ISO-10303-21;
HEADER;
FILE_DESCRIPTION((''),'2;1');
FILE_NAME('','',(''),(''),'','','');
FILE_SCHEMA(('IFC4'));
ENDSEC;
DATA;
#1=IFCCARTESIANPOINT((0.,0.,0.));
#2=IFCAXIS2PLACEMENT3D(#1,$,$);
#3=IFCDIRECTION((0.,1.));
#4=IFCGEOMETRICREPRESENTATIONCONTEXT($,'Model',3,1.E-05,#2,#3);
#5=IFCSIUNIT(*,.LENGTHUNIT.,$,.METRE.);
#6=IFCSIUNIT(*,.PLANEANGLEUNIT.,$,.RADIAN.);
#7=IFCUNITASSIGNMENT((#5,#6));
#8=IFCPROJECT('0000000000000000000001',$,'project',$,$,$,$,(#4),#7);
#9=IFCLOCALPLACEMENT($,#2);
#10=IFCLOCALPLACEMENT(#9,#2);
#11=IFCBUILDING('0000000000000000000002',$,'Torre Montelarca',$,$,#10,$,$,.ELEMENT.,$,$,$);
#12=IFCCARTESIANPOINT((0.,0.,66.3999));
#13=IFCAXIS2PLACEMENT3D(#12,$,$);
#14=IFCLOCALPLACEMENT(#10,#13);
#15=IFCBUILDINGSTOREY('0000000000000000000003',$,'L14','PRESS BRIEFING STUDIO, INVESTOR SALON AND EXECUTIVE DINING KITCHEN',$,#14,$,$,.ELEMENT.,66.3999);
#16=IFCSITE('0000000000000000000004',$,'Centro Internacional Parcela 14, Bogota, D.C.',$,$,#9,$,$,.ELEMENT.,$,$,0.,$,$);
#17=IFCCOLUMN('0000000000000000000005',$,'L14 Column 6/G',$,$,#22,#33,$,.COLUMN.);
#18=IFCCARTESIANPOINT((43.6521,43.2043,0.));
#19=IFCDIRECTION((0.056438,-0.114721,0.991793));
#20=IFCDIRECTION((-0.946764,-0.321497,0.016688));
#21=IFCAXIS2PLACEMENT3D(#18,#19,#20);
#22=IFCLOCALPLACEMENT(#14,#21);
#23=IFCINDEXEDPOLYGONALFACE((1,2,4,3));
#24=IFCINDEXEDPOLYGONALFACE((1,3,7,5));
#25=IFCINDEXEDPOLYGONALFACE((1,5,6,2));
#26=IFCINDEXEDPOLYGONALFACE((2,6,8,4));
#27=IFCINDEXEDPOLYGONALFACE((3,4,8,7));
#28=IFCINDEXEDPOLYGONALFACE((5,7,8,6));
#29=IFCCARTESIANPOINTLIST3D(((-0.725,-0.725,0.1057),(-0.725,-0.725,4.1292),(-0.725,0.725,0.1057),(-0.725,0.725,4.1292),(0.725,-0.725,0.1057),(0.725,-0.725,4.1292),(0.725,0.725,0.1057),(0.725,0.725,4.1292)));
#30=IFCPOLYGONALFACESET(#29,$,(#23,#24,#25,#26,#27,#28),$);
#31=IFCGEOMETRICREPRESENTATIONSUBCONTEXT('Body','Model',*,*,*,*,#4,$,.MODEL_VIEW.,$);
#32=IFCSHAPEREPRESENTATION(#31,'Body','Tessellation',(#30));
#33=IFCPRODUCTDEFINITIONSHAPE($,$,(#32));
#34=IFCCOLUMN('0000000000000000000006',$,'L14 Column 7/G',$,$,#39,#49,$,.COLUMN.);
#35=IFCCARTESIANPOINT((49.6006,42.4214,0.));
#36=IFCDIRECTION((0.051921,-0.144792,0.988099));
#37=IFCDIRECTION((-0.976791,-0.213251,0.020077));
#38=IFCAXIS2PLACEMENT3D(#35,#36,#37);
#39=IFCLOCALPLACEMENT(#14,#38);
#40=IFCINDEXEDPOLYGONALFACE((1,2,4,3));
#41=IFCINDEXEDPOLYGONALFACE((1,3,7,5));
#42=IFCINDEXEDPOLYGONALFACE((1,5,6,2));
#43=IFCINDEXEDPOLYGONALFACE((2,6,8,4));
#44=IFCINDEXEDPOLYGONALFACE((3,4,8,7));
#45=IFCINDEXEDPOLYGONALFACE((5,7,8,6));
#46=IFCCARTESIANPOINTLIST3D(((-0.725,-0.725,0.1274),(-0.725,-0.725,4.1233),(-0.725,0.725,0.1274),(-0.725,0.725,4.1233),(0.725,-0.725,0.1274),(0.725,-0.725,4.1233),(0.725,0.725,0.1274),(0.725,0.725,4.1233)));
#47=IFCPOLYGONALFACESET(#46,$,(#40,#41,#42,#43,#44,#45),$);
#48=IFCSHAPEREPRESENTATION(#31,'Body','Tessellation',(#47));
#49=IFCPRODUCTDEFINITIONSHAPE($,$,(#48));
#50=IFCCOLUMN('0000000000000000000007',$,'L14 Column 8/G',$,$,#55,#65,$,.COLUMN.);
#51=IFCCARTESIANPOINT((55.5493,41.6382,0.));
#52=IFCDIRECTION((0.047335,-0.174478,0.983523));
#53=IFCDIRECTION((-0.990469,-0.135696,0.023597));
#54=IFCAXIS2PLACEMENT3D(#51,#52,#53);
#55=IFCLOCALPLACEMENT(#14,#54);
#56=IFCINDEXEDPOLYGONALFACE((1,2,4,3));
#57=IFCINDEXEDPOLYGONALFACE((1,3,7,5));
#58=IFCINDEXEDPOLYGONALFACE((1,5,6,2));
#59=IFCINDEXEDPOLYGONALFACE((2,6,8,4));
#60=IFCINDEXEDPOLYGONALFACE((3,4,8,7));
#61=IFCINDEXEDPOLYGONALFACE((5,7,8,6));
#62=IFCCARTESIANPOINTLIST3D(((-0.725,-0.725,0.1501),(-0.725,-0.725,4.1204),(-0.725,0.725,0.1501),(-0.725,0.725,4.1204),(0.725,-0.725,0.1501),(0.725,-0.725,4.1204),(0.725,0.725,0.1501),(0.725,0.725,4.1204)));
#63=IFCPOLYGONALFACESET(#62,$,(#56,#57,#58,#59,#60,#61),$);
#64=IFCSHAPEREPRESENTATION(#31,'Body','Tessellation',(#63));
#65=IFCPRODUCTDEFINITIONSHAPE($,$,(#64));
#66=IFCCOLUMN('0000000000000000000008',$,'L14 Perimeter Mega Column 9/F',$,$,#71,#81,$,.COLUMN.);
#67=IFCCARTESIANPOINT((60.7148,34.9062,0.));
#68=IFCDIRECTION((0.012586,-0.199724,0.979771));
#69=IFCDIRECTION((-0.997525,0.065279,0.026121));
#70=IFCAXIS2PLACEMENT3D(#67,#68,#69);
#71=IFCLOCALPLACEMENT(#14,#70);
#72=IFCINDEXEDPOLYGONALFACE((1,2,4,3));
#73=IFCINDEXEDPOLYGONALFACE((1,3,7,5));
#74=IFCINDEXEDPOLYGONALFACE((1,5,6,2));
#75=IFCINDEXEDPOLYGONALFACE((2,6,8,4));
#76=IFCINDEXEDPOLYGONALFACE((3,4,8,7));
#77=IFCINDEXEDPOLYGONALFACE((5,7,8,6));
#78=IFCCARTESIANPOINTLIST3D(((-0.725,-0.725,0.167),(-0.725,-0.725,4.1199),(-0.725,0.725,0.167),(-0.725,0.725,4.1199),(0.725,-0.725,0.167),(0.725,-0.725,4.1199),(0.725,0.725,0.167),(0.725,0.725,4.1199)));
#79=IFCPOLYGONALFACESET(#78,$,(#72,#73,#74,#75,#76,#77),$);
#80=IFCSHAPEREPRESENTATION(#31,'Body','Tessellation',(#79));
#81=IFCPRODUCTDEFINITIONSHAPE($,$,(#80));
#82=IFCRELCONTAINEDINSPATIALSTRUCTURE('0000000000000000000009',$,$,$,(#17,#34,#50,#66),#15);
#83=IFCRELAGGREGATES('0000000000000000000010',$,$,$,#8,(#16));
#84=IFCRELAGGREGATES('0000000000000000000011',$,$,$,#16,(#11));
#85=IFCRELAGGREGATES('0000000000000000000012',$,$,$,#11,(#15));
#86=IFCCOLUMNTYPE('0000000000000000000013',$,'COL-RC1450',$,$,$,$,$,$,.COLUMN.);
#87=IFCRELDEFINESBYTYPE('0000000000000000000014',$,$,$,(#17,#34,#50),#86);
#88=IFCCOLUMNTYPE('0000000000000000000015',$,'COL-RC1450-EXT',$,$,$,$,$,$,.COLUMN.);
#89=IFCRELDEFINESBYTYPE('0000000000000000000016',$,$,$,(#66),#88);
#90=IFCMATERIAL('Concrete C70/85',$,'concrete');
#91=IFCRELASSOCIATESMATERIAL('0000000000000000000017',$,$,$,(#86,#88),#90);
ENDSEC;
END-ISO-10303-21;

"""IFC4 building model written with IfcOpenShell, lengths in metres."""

from ifc_helpers import new_model, si_unit, direction, frame, origin, origin_2d, place, context, subcontext, project, spatial, rectangle, extrude, clip, halfspace, material, material_profile, profile_set, type_object, element, save


model = new_model("IFC4")

# Units and contexts
model_context = context("Model", 3, precision=1e-05, world=origin(), true_north=direction((0.0, 1.0)))
body_context = subcontext(model_context, "Body", "Model", "MODEL_VIEW")
ifc_project = project(units=[si_unit("LENGTHUNIT", "METRE"), si_unit("PLANEANGLEUNIT", "RADIAN")], contexts=[model_context])

# Site, building, storey
site_placement = place(None, origin())
site = spatial("IfcSite", under=ifc_project, at=site_placement, Name="Centro Internacional Parcela 14, Bogota, D.C.", CompositionType="ELEMENT", RefElevation=0.0)
building_placement = place(site_placement, origin())
building = spatial("IfcBuilding", under=site, at=building_placement, Name="Torre Montelarca", CompositionType="ELEMENT")
storey_placement = place(building_placement, frame((0.0, 0.0, 66.3999)))
storey = spatial("IfcBuildingStorey", under=building, at=storey_placement, Name="L14", Description="PRESS BRIEFING STUDIO, INVESTOR SALON AND EXECUTIVE DINING KITCHEN", CompositionType="ELEMENT", Elevation=66.3999)

# Columns
ifc_material_1 = material(Name="Concrete C70/85", Category="concrete")
ifc_material_profile_1 = material_profile(ifc_material_1, rectangle(XDim=1.45, YDim=1.45, at=origin_2d()), Name="RC1450X1450", Category="concrete")
ifc_profile_set_1 = profile_set([ifc_material_profile_1], Name="Concrete C70/85")
column_type_1 = type_object("IfcColumnType", Name="COL-RC1450", PredefinedType="COLUMN", material=ifc_profile_set_1)
column_1_placement = place(storey_placement, frame((43.6521, 43.2043, 0.0), z_axis=(0.056438, -0.114721, 0.991793), x_axis=(-0.946764, -0.321497, 0.016688)))
element("IfcColumn", 1, at=column_1_placement, inside=storey, type_object=column_type_1, Name="L14 Column 6/G", PredefinedType="COLUMN", context=body_context, shape_type="Clipping", body=[
    clip(clip(extrude(rectangle(XDim=1.45, YDim=1.45, at=origin_2d()), origin(), (0.0, 0.0, 1.0), 4.2349), halfspace(frame((0.0, 0.0, 0.1057), z_axis=(0.0, 0.0, -1.0), x_axis=(1.0, 0.0, 0.0)), False)), halfspace(frame((0.0, 0.0, 4.1292), z_axis=(0.0, 0.0, 1.0), x_axis=(1.0, 0.0, 0.0)), False)),
])
column_2_placement = place(storey_placement, frame((49.6006, 42.4214, 0.0), z_axis=(0.051921, -0.144792, 0.988099), x_axis=(-0.976791, -0.213251, 0.020077)))
element("IfcColumn", 2, at=column_2_placement, inside=storey, type_object=column_type_1, Name="L14 Column 7/G", PredefinedType="COLUMN", context=body_context, shape_type="Clipping", body=[
    clip(clip(extrude(rectangle(XDim=1.45, YDim=1.45, at=origin_2d()), origin(), (0.0, 0.0, 1.0), 4.2507), halfspace(frame((0.0, 0.0, 0.1274), z_axis=(0.0, 0.0, -1.0), x_axis=(1.0, 0.0, 0.0)), False)), halfspace(frame((0.0, 0.0, 4.1233), z_axis=(0.0, 0.0, 1.0), x_axis=(1.0, 0.0, 0.0)), False)),
])
column_3_placement = place(storey_placement, frame((55.5493, 41.6382, 0.0), z_axis=(0.047335, -0.174478, 0.983523), x_axis=(-0.990469, -0.135696, 0.023597)))
element("IfcColumn", 3, at=column_3_placement, inside=storey, type_object=column_type_1, Name="L14 Column 8/G", PredefinedType="COLUMN", context=body_context, shape_type="Clipping", body=[
    clip(clip(extrude(rectangle(XDim=1.45, YDim=1.45, at=origin_2d()), origin(), (0.0, 0.0, 1.0), 4.2705), halfspace(frame((0.0, 0.0, 0.1501), z_axis=(0.0, 0.0, -1.0), x_axis=(1.0, 0.0, 0.0)), False)), halfspace(frame((0.0, 0.0, 4.1204), z_axis=(0.0, 0.0, 1.0), x_axis=(1.0, 0.0, 0.0)), False)),
])
ifc_material_profile_2 = material_profile(ifc_material_1, rectangle(XDim=1.45, YDim=1.45, at=origin_2d()), Name="RC1450X1450", Category="concrete")
ifc_profile_set_2 = profile_set([ifc_material_profile_2], Name="Concrete C70/85")
column_type_2 = type_object("IfcColumnType", Name="COL-RC1450-EXT", PredefinedType="COLUMN", material=ifc_profile_set_2)
column_4_placement = place(storey_placement, frame((60.7148, 34.9062, 0.0), z_axis=(0.012586, -0.199724, 0.979771), x_axis=(-0.997525, 0.065279, 0.026121)))
element("IfcColumn", 4, at=column_4_placement, inside=storey, type_object=column_type_2, Name="L14 Perimeter Mega Column 9/F", PredefinedType="COLUMN", context=body_context, shape_type="Clipping", body=[
    clip(clip(extrude(rectangle(XDim=1.45, YDim=1.45, at=origin_2d()), origin(), (0.0, 0.0, 1.0), 4.2869), halfspace(frame((0.0, 0.0, 0.167), z_axis=(0.0, 0.0, -1.0), x_axis=(1.0, 0.0, 0.0)), False)), halfspace(frame((0.0, 0.0, 4.1199), z_axis=(0.0, 0.0, 1.0), x_axis=(1.0, 0.0, 0.0)), False)),
])

save(model, "model.ifc")
